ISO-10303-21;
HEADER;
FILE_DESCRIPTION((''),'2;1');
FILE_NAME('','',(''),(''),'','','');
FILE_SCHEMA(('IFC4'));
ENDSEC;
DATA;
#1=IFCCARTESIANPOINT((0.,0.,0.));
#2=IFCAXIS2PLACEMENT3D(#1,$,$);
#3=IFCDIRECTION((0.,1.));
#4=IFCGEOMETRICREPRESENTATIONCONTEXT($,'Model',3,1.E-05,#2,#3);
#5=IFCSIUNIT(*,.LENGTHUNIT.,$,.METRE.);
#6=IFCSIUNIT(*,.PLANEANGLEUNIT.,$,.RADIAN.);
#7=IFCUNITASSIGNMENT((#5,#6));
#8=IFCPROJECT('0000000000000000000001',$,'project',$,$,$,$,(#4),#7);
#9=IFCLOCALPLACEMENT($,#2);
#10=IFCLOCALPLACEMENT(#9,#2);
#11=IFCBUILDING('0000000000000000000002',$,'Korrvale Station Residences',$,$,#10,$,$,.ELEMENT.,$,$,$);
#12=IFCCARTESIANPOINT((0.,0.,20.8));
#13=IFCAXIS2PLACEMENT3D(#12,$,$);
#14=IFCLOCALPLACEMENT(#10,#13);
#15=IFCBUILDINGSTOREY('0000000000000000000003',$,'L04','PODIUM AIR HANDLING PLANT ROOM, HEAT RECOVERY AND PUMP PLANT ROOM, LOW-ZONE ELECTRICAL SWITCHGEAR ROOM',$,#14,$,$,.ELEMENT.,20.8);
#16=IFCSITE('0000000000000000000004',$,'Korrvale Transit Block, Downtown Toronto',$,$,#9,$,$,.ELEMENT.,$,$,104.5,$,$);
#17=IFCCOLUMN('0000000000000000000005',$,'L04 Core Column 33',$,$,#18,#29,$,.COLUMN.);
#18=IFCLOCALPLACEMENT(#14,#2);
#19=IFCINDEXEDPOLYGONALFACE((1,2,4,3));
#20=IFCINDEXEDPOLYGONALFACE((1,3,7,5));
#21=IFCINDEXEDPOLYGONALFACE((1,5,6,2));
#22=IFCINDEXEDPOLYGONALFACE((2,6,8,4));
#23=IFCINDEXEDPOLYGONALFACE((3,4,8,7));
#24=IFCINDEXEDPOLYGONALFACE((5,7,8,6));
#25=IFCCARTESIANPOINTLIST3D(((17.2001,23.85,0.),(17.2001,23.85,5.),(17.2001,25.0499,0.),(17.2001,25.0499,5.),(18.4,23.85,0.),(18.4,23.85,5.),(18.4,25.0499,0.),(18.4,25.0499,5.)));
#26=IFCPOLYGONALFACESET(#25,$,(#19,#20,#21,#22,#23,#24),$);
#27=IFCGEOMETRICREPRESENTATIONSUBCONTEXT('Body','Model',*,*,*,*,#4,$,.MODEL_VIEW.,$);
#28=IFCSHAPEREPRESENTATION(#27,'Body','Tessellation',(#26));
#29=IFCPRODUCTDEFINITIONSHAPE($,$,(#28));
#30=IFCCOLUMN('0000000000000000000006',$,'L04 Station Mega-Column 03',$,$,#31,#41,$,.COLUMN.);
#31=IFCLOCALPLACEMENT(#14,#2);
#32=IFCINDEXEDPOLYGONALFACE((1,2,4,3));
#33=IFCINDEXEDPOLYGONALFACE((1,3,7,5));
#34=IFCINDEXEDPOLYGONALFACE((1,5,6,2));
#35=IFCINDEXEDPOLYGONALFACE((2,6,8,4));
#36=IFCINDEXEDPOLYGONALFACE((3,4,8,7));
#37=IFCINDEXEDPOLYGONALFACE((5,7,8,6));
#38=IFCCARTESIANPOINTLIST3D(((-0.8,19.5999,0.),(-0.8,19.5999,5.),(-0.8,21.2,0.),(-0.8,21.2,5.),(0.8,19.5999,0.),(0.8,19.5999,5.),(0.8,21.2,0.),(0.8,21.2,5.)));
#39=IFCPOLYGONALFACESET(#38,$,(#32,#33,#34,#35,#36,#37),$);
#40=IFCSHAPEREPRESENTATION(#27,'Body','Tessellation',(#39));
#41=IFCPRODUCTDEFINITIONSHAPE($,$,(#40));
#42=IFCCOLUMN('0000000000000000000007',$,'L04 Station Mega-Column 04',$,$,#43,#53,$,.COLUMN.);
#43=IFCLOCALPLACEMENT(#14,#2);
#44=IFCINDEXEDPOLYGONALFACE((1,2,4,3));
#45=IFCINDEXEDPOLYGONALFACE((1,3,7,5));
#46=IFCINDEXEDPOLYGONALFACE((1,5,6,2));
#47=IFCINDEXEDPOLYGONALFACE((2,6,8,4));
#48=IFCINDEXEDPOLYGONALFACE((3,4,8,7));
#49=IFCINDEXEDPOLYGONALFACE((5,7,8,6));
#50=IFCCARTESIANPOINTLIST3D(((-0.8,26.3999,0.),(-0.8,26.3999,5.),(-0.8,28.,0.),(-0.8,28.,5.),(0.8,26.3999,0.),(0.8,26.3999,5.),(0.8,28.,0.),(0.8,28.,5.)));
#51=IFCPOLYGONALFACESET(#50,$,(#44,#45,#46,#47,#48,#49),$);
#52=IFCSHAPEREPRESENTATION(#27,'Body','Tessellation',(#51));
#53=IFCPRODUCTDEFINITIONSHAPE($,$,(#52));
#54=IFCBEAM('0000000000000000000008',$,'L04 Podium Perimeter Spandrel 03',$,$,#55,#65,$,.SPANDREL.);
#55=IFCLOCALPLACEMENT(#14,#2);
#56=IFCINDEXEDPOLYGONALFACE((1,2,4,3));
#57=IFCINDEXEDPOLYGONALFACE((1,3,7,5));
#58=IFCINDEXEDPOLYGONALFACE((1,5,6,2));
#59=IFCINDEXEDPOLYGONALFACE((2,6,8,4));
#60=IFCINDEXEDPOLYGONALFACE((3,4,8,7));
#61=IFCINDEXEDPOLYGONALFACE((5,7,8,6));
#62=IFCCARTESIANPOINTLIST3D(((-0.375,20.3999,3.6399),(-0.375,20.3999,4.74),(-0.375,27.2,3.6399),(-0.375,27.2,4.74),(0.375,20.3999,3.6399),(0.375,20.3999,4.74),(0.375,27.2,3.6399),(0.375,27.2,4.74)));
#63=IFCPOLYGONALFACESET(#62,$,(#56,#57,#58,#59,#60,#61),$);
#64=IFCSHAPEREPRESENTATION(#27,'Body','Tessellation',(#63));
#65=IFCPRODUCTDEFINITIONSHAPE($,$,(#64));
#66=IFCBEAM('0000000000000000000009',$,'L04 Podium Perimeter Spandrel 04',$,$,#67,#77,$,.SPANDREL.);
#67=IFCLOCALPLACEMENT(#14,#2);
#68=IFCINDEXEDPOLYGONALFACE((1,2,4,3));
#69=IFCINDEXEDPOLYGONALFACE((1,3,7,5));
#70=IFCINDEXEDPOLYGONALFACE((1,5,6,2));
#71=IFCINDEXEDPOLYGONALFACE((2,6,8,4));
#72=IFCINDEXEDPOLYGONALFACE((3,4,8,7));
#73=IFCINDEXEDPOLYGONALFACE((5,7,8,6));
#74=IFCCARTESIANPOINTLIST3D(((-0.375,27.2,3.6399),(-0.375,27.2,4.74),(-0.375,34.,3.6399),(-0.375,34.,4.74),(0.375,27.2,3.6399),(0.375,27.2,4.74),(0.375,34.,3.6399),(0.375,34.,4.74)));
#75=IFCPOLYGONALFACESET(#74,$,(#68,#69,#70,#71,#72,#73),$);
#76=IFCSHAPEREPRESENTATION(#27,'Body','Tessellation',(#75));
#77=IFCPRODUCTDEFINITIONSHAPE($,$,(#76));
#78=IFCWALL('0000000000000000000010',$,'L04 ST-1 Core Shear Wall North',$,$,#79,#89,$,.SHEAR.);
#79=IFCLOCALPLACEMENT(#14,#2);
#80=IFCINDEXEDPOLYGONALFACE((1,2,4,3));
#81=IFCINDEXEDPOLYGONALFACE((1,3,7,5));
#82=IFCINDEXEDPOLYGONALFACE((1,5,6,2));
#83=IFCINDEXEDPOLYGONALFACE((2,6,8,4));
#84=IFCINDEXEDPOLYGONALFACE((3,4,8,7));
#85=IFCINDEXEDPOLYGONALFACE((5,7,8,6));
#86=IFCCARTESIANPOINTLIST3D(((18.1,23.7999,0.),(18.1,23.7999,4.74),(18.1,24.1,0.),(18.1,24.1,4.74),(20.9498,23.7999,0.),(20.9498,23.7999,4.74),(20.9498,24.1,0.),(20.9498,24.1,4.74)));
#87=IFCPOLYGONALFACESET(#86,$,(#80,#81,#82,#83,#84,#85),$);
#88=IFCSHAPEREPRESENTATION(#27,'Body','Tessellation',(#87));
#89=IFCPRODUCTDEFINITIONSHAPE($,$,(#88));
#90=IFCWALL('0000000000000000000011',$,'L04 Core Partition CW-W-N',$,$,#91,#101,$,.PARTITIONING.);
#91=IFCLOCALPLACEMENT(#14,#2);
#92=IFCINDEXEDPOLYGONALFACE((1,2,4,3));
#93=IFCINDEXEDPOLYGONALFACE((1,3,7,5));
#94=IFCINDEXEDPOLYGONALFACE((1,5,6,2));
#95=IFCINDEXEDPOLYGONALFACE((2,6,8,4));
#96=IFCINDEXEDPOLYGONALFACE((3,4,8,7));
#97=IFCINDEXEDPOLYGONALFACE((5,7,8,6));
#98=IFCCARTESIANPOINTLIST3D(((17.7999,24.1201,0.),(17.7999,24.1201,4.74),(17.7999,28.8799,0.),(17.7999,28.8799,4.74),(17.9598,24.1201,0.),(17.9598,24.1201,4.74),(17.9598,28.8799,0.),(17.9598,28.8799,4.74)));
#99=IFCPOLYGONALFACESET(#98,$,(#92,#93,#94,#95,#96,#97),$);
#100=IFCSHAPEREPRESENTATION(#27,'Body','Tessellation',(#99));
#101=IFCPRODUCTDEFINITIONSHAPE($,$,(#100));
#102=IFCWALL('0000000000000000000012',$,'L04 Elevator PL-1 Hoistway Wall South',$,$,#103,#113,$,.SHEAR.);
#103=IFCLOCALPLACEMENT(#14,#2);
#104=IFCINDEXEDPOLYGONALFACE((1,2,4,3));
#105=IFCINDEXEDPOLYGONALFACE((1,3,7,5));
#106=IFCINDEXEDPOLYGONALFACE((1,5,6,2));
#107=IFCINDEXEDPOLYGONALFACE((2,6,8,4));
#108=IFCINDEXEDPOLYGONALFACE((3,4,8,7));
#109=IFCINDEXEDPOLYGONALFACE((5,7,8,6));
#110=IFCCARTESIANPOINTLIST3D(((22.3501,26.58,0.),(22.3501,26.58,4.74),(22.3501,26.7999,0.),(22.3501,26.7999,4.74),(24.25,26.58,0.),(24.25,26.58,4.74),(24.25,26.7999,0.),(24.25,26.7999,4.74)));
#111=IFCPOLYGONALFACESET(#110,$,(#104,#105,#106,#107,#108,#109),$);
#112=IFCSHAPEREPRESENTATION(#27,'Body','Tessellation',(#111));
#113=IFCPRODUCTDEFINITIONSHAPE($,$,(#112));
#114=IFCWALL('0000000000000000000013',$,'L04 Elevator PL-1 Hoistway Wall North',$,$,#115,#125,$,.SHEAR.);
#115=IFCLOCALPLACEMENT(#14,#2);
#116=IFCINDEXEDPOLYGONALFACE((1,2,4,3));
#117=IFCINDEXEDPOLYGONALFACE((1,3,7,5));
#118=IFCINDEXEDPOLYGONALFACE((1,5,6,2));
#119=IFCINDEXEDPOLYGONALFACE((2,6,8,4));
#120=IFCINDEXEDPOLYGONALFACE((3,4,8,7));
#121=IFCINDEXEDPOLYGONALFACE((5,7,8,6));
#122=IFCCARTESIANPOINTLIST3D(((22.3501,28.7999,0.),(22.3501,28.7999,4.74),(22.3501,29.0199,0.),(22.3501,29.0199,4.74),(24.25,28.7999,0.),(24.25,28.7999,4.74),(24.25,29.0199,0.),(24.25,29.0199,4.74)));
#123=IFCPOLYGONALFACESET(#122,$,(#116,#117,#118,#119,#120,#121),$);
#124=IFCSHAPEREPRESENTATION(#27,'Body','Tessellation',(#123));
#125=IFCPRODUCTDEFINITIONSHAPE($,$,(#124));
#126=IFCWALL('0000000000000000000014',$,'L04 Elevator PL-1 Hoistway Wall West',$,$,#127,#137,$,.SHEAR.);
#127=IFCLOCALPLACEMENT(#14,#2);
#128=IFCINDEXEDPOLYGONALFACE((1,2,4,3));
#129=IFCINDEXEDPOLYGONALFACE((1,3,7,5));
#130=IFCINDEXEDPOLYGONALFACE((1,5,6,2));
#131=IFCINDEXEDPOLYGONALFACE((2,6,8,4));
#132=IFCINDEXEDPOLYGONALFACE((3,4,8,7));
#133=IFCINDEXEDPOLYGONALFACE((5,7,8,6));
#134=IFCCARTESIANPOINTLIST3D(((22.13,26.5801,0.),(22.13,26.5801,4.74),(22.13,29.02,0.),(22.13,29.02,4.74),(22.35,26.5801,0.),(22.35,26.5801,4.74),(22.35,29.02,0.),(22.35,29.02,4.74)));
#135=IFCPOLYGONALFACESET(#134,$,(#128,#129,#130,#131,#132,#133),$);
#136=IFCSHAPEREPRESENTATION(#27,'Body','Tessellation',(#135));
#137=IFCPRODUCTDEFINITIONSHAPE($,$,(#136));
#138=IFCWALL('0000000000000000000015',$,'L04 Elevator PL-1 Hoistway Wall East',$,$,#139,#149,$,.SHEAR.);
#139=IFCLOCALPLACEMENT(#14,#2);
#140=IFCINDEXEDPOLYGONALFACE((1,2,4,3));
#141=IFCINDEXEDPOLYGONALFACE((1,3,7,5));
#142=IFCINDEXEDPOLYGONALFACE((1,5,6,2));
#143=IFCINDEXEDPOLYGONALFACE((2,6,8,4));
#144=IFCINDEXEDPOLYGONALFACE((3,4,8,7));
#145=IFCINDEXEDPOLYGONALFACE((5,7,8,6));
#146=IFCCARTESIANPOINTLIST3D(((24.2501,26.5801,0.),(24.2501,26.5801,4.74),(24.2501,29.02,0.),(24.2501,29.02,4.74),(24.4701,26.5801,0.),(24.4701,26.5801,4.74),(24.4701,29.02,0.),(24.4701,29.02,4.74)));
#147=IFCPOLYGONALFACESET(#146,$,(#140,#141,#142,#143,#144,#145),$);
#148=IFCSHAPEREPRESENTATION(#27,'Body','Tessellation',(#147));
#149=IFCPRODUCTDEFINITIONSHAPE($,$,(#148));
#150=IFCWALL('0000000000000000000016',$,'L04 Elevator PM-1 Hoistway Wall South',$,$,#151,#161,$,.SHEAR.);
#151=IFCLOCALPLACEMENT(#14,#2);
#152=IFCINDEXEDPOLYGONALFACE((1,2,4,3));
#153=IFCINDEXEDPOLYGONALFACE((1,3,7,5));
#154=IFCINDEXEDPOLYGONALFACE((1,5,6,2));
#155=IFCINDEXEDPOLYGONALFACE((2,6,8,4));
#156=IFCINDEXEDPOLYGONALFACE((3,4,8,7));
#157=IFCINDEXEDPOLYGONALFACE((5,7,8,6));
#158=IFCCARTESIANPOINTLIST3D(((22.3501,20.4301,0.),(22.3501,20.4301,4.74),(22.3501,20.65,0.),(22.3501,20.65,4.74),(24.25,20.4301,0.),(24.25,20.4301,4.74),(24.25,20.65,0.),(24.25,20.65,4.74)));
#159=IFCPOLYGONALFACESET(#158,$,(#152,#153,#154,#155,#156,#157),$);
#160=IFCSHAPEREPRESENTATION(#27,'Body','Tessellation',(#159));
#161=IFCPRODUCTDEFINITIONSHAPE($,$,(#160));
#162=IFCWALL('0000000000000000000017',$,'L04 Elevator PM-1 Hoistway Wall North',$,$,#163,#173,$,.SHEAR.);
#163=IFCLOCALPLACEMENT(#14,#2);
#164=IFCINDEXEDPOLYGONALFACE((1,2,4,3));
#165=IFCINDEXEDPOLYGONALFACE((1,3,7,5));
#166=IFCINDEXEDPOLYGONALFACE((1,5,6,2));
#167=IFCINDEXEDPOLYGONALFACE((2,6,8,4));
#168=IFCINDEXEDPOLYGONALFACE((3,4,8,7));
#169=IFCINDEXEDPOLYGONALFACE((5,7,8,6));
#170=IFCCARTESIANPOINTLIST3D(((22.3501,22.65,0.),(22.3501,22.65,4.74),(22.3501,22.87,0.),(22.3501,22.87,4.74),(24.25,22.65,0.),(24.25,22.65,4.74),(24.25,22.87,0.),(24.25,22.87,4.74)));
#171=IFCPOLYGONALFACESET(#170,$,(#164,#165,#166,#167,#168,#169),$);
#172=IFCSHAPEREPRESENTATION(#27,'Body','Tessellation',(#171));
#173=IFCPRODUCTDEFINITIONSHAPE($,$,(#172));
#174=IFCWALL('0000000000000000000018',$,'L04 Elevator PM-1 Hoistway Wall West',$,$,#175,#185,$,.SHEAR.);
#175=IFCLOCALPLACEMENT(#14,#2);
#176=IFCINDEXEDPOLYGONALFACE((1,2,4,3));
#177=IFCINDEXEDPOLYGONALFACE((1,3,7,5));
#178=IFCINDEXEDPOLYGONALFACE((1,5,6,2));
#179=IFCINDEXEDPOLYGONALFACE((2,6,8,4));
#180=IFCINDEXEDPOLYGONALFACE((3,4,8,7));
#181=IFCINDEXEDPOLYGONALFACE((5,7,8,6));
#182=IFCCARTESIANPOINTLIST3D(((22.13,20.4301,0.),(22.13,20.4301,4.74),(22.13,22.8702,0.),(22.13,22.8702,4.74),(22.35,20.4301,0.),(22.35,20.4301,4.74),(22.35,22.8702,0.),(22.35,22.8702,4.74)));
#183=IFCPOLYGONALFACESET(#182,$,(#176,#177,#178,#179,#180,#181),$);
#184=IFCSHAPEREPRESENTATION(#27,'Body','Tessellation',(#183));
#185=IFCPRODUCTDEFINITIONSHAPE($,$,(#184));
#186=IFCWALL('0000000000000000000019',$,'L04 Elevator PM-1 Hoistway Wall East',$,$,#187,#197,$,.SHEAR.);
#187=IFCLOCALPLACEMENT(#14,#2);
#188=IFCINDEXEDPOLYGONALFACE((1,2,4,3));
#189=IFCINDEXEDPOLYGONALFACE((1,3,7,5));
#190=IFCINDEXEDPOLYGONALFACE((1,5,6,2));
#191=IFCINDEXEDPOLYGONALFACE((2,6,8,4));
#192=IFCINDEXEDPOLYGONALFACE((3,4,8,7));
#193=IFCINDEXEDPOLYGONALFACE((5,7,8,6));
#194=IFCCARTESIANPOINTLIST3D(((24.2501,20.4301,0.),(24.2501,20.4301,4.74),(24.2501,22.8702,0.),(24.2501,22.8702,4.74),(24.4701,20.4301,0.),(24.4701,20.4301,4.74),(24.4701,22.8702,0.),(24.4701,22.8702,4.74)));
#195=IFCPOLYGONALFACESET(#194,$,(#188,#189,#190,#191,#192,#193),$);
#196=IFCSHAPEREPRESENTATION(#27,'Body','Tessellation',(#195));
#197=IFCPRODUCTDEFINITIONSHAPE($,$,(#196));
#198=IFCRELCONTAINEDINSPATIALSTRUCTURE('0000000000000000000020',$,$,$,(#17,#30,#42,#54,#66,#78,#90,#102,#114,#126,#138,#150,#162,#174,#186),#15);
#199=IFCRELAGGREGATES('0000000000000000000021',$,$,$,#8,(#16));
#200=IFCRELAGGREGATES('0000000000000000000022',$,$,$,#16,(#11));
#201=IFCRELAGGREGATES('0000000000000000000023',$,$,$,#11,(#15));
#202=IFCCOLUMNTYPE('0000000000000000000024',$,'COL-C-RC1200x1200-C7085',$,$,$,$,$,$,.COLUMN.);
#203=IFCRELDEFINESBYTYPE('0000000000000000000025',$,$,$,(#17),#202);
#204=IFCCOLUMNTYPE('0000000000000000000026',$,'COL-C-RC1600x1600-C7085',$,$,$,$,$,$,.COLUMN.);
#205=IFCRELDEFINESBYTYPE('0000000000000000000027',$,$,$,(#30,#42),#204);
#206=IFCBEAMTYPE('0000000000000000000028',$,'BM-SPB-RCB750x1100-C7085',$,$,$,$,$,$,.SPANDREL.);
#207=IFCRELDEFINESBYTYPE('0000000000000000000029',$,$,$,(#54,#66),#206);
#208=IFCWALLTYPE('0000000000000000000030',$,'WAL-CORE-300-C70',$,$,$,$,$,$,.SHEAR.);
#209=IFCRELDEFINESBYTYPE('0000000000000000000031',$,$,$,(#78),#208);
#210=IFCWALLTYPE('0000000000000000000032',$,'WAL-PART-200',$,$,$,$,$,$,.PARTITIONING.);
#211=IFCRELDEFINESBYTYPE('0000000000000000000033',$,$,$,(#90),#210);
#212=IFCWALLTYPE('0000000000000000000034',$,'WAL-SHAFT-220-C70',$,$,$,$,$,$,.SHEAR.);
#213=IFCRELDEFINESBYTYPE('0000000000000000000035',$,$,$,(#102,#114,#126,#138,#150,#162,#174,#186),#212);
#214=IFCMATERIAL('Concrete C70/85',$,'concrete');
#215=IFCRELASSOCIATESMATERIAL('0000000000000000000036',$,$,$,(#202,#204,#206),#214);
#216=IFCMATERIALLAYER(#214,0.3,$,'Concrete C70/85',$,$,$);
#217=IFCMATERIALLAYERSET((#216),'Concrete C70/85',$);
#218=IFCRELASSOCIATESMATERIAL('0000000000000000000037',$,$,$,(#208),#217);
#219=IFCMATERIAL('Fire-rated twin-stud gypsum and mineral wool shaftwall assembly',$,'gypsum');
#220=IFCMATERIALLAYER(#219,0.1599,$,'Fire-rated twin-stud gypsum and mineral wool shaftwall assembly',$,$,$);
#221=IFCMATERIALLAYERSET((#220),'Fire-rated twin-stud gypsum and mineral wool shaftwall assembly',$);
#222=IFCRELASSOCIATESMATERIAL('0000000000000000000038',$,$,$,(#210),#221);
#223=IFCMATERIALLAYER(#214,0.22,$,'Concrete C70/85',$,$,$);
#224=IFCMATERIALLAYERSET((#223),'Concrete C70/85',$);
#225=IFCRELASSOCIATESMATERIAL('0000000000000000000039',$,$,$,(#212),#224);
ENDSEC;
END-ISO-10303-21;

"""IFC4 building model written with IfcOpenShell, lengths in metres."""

from ifc_helpers import new_model, si_unit, direction, frame, frame_2d, origin, origin_2d, place, context, subcontext, project, spatial, rectangle, extrude, material, layer, layer_set, material_profile, profile_set, type_object, element, save


model = new_model("IFC4")

# Units and contexts
model_context = context("Model", 3, precision=1e-05, world=origin(), true_north=direction((0.0, 1.0)))
body_context = subcontext(model_context, "Body", "Model", "MODEL_VIEW")
ifc_project = project(units=[si_unit("LENGTHUNIT", "METRE"), si_unit("PLANEANGLEUNIT", "RADIAN")], contexts=[model_context])

# Site, building, storey
site_placement = place(None, origin())
site = spatial("IfcSite", under=ifc_project, at=site_placement, Name="Korrvale Transit Block, Downtown Toronto", CompositionType="ELEMENT", RefElevation=104.5)
building_placement = place(site_placement, origin())
building = spatial("IfcBuilding", under=site, at=building_placement, Name="Korrvale Station Residences", CompositionType="ELEMENT")
storey_placement = place(building_placement, frame((0.0, 0.0, 20.8)))
storey = spatial("IfcBuildingStorey", under=building, at=storey_placement, Name="L04", Description="PODIUM AIR HANDLING PLANT ROOM, HEAT RECOVERY AND PUMP PLANT ROOM, LOW-ZONE ELECTRICAL SWITCHGEAR ROOM", CompositionType="ELEMENT", Elevation=20.8)

# Columns
ifc_material_1 = material(Name="Concrete C70/85", Category="concrete")
ifc_material_profile_1 = material_profile(ifc_material_1, rectangle(XDim=1.2, YDim=1.2, at=origin_2d()), Name="RC1200x1200")
ifc_profile_set_1 = profile_set([ifc_material_profile_1], Name="Concrete C70/85")
column_type_1 = type_object("IfcColumnType", Name="COL-C-RC1200x1200-C7085", PredefinedType="COLUMN", material=ifc_profile_set_1)
column_placement = place(storey_placement, frame((17.8, 24.45, 0.0), z_axis=(0.0, 0.0, 1.0), x_axis=(1.0, 0.0, 0.0)))
element("IfcColumn", 1, at=column_placement, inside=storey, type_object=column_type_1, Name="L04 Core Column 33", PredefinedType="COLUMN", context=body_context, shape_type="SweptSolid", body=[
    extrude(rectangle(XDim=1.2, YDim=1.2, at=origin_2d()), origin(), (0.0, 0.0, 1.0), 5.0),
])
ifc_material_profile_2 = material_profile(ifc_material_1, rectangle(XDim=1.6001, YDim=1.6001, at=origin_2d()), Name="RC1600x1600")
ifc_profile_set_2 = profile_set([ifc_material_profile_2], Name="Concrete C70/85")
column_type_2 = type_object("IfcColumnType", Name="COL-C-RC1600x1600-C7085", PredefinedType="COLUMN", material=ifc_profile_set_2)
for number, where, z_axis, x_axis, name in (
    (2, (0.0, 20.3999, 0.0), (0.0, 0.0, 1.0), (1.0, 0.0, 0.0), "L04 Station Mega-Column 03"),
    (3, (0.0, 27.2, 0.0), (0.0, 0.0, 1.0), (1.0, 0.0, 0.0), "L04 Station Mega-Column 04"),
):
    element("IfcColumn", number, at=place(storey_placement, frame(where, z_axis=z_axis, x_axis=x_axis)), inside=storey, type_object=column_type_2, Name=name, PredefinedType="COLUMN", context=body_context, shape_type="SweptSolid", body=[
        extrude(rectangle(XDim=1.6001, YDim=1.6001, at=origin_2d()), origin(), (0.0, 0.0, 1.0), 5.0),
    ])

# Beams
ifc_material_profile_3 = material_profile(ifc_material_1, rectangle(XDim=0.75, YDim=1.1001, at=origin_2d()), Name="RCB750x1100")
ifc_profile_set_3 = profile_set([ifc_material_profile_3], Name="Concrete C70/85")
beam_type = type_object("IfcBeamType", Name="BM-SPB-RCB750x1100-C7085", PredefinedType="SPANDREL", material=ifc_profile_set_3)
for number, where, z_axis, x_axis, name in (
    (4, (0.0, 20.3999, 4.1899), (0.0, 1.0, 0.0), (-1.0, 0.0, 0.0), "L04 Podium Perimeter Spandrel 03"),
    (5, (0.0, 27.2, 4.1899), (0.0, 1.0, 0.0), (-1.0, 0.0, 0.0), "L04 Podium Perimeter Spandrel 04"),
):
    element("IfcBeam", number, at=place(storey_placement, frame(where, z_axis=z_axis, x_axis=x_axis)), inside=storey, type_object=beam_type, Name=name, PredefinedType="SPANDREL", context=body_context, shape_type="SweptSolid", body=[
        extrude(rectangle(XDim=0.75, YDim=1.1001, at=origin_2d()), origin(), (0.0, 0.0, 1.0), 6.8),
    ])

# Walls
ifc_layer_1 = layer(ifc_material_1, 0.3, Name="Concrete C70/85")
ifc_layer_set_1 = layer_set([ifc_layer_1], Name="Concrete C70/85")
wall_type_1 = type_object("IfcWallType", Name="WAL-CORE-300-C70", PredefinedType="SHEAR", material=ifc_layer_set_1)
wall_1_placement = place(storey_placement, frame((18.1001, 23.95, 0.0), z_axis=(0.0, 0.0, 1.0), x_axis=(1.0, 0.0, 0.0)))
element("IfcWall", 6, at=wall_1_placement, inside=storey, type_object=wall_type_1, Name="L04 ST-1 Core Shear Wall North", PredefinedType="SHEAR", context=body_context, shape_type="SweptSolid", body=[
    extrude(rectangle(XDim=2.8499, YDim=0.3, at=frame_2d((1.4248, 0.0))), origin(), (0.0, 0.0, 1.0), 4.74),
])
ifc_material_2 = material(Name="Fire-rated twin-stud gypsum and mineral wool shaftwall assembly", Category="gypsum")
ifc_layer_2 = layer(ifc_material_2, 0.1599, Name="Fire-rated twin-stud gypsum and mineral wool shaftwall assembly")
ifc_layer_set_2 = layer_set([ifc_layer_2], Name="Fire-rated twin-stud gypsum and mineral wool shaftwall assembly")
wall_type_2 = type_object("IfcWallType", Name="WAL-PART-200", PredefinedType="PARTITIONING", material=ifc_layer_set_2)
wall_2_placement = place(storey_placement, frame((17.8799, 24.1201, 0.0), z_axis=(0.0, 0.0, 1.0), x_axis=(0.0, 1.0, 0.0)))
element("IfcWall", 7, at=wall_2_placement, inside=storey, type_object=wall_type_2, Name="L04 Core Partition CW-W-N", PredefinedType="PARTITIONING", context=body_context, shape_type="SweptSolid", body=[
    extrude(rectangle(XDim=4.7598, YDim=0.1599, at=frame_2d((2.3799, 0.0))), origin(), (0.0, 0.0, 1.0), 4.74),
])
ifc_layer_3 = layer(ifc_material_1, 0.22, Name="Concrete C70/85")
ifc_layer_set_3 = layer_set([ifc_layer_3], Name="Concrete C70/85")
wall_type_3 = type_object("IfcWallType", Name="WAL-SHAFT-220-C70", PredefinedType="SHEAR", material=ifc_layer_set_3)
for number, where, z_axis, x_axis, name in (
    (8, (22.3501, 26.6899, 0.0), (0.0, 0.0, 1.0), (1.0, 0.0, 0.0), "L04 Elevator PL-1 Hoistway Wall South"),
    (9, (22.3501, 28.9099, 0.0), (0.0, 0.0, 1.0), (1.0, 0.0, 0.0), "L04 Elevator PL-1 Hoistway Wall North"),
):
    element("IfcWall", number, at=place(storey_placement, frame(where, z_axis=z_axis, x_axis=x_axis)), inside=storey, type_object=wall_type_3, Name=name, PredefinedType="SHEAR", context=body_context, shape_type="SweptSolid", body=[
        extrude(rectangle(XDim=1.8999, YDim=0.22, at=frame_2d((0.95, 0.0))), origin(), (0.0, 0.0, 1.0), 4.74),
    ])
for number, where, z_axis, x_axis, name in (
    (10, (22.24, 26.5801, 0.0), (0.0, 0.0, 1.0), (0.0, 1.0, 0.0), "L04 Elevator PL-1 Hoistway Wall West"),
    (11, (24.3601, 26.5801, 0.0), (0.0, 0.0, 1.0), (0.0, 1.0, 0.0), "L04 Elevator PL-1 Hoistway Wall East"),
):
    element("IfcWall", number, at=place(storey_placement, frame(where, z_axis=z_axis, x_axis=x_axis)), inside=storey, type_object=wall_type_3, Name=name, PredefinedType="SHEAR", context=body_context, shape_type="SweptSolid", body=[
        extrude(rectangle(XDim=2.4399, YDim=0.22, at=frame_2d((1.22, 0.0))), origin(), (0.0, 0.0, 1.0), 4.74),
    ])
for number, where, z_axis, x_axis, name in (
    (12, (22.3501, 20.54, 0.0), (0.0, 0.0, 1.0), (1.0, 0.0, 0.0), "L04 Elevator PM-1 Hoistway Wall South"),
    (13, (22.3501, 22.76, 0.0), (0.0, 0.0, 1.0), (1.0, 0.0, 0.0), "L04 Elevator PM-1 Hoistway Wall North"),
):
    element("IfcWall", number, at=place(storey_placement, frame(where, z_axis=z_axis, x_axis=x_axis)), inside=storey, type_object=wall_type_3, Name=name, PredefinedType="SHEAR", context=body_context, shape_type="SweptSolid", body=[
        extrude(rectangle(XDim=1.8999, YDim=0.22, at=frame_2d((0.95, 0.0))), origin(), (0.0, 0.0, 1.0), 4.74),
    ])
for number, where, z_axis, x_axis, name in (
    (14, (22.24, 20.4299, 0.0), (0.0, 0.0, 1.0), (0.0, 1.0, 0.0), "L04 Elevator PM-1 Hoistway Wall West"),
    (15, (24.3601, 20.4299, 0.0), (0.0, 0.0, 1.0), (0.0, 1.0, 0.0), "L04 Elevator PM-1 Hoistway Wall East"),
):
    element("IfcWall", number, at=place(storey_placement, frame(where, z_axis=z_axis, x_axis=x_axis)), inside=storey, type_object=wall_type_3, Name=name, PredefinedType="SHEAR", context=body_context, shape_type="SweptSolid", body=[
        extrude(rectangle(XDim=2.4402, YDim=0.22, at=frame_2d((1.2202, 0.0))), origin(), (0.0, 0.0, 1.0), 4.74),
    ])

save(model, "model.ifc")
